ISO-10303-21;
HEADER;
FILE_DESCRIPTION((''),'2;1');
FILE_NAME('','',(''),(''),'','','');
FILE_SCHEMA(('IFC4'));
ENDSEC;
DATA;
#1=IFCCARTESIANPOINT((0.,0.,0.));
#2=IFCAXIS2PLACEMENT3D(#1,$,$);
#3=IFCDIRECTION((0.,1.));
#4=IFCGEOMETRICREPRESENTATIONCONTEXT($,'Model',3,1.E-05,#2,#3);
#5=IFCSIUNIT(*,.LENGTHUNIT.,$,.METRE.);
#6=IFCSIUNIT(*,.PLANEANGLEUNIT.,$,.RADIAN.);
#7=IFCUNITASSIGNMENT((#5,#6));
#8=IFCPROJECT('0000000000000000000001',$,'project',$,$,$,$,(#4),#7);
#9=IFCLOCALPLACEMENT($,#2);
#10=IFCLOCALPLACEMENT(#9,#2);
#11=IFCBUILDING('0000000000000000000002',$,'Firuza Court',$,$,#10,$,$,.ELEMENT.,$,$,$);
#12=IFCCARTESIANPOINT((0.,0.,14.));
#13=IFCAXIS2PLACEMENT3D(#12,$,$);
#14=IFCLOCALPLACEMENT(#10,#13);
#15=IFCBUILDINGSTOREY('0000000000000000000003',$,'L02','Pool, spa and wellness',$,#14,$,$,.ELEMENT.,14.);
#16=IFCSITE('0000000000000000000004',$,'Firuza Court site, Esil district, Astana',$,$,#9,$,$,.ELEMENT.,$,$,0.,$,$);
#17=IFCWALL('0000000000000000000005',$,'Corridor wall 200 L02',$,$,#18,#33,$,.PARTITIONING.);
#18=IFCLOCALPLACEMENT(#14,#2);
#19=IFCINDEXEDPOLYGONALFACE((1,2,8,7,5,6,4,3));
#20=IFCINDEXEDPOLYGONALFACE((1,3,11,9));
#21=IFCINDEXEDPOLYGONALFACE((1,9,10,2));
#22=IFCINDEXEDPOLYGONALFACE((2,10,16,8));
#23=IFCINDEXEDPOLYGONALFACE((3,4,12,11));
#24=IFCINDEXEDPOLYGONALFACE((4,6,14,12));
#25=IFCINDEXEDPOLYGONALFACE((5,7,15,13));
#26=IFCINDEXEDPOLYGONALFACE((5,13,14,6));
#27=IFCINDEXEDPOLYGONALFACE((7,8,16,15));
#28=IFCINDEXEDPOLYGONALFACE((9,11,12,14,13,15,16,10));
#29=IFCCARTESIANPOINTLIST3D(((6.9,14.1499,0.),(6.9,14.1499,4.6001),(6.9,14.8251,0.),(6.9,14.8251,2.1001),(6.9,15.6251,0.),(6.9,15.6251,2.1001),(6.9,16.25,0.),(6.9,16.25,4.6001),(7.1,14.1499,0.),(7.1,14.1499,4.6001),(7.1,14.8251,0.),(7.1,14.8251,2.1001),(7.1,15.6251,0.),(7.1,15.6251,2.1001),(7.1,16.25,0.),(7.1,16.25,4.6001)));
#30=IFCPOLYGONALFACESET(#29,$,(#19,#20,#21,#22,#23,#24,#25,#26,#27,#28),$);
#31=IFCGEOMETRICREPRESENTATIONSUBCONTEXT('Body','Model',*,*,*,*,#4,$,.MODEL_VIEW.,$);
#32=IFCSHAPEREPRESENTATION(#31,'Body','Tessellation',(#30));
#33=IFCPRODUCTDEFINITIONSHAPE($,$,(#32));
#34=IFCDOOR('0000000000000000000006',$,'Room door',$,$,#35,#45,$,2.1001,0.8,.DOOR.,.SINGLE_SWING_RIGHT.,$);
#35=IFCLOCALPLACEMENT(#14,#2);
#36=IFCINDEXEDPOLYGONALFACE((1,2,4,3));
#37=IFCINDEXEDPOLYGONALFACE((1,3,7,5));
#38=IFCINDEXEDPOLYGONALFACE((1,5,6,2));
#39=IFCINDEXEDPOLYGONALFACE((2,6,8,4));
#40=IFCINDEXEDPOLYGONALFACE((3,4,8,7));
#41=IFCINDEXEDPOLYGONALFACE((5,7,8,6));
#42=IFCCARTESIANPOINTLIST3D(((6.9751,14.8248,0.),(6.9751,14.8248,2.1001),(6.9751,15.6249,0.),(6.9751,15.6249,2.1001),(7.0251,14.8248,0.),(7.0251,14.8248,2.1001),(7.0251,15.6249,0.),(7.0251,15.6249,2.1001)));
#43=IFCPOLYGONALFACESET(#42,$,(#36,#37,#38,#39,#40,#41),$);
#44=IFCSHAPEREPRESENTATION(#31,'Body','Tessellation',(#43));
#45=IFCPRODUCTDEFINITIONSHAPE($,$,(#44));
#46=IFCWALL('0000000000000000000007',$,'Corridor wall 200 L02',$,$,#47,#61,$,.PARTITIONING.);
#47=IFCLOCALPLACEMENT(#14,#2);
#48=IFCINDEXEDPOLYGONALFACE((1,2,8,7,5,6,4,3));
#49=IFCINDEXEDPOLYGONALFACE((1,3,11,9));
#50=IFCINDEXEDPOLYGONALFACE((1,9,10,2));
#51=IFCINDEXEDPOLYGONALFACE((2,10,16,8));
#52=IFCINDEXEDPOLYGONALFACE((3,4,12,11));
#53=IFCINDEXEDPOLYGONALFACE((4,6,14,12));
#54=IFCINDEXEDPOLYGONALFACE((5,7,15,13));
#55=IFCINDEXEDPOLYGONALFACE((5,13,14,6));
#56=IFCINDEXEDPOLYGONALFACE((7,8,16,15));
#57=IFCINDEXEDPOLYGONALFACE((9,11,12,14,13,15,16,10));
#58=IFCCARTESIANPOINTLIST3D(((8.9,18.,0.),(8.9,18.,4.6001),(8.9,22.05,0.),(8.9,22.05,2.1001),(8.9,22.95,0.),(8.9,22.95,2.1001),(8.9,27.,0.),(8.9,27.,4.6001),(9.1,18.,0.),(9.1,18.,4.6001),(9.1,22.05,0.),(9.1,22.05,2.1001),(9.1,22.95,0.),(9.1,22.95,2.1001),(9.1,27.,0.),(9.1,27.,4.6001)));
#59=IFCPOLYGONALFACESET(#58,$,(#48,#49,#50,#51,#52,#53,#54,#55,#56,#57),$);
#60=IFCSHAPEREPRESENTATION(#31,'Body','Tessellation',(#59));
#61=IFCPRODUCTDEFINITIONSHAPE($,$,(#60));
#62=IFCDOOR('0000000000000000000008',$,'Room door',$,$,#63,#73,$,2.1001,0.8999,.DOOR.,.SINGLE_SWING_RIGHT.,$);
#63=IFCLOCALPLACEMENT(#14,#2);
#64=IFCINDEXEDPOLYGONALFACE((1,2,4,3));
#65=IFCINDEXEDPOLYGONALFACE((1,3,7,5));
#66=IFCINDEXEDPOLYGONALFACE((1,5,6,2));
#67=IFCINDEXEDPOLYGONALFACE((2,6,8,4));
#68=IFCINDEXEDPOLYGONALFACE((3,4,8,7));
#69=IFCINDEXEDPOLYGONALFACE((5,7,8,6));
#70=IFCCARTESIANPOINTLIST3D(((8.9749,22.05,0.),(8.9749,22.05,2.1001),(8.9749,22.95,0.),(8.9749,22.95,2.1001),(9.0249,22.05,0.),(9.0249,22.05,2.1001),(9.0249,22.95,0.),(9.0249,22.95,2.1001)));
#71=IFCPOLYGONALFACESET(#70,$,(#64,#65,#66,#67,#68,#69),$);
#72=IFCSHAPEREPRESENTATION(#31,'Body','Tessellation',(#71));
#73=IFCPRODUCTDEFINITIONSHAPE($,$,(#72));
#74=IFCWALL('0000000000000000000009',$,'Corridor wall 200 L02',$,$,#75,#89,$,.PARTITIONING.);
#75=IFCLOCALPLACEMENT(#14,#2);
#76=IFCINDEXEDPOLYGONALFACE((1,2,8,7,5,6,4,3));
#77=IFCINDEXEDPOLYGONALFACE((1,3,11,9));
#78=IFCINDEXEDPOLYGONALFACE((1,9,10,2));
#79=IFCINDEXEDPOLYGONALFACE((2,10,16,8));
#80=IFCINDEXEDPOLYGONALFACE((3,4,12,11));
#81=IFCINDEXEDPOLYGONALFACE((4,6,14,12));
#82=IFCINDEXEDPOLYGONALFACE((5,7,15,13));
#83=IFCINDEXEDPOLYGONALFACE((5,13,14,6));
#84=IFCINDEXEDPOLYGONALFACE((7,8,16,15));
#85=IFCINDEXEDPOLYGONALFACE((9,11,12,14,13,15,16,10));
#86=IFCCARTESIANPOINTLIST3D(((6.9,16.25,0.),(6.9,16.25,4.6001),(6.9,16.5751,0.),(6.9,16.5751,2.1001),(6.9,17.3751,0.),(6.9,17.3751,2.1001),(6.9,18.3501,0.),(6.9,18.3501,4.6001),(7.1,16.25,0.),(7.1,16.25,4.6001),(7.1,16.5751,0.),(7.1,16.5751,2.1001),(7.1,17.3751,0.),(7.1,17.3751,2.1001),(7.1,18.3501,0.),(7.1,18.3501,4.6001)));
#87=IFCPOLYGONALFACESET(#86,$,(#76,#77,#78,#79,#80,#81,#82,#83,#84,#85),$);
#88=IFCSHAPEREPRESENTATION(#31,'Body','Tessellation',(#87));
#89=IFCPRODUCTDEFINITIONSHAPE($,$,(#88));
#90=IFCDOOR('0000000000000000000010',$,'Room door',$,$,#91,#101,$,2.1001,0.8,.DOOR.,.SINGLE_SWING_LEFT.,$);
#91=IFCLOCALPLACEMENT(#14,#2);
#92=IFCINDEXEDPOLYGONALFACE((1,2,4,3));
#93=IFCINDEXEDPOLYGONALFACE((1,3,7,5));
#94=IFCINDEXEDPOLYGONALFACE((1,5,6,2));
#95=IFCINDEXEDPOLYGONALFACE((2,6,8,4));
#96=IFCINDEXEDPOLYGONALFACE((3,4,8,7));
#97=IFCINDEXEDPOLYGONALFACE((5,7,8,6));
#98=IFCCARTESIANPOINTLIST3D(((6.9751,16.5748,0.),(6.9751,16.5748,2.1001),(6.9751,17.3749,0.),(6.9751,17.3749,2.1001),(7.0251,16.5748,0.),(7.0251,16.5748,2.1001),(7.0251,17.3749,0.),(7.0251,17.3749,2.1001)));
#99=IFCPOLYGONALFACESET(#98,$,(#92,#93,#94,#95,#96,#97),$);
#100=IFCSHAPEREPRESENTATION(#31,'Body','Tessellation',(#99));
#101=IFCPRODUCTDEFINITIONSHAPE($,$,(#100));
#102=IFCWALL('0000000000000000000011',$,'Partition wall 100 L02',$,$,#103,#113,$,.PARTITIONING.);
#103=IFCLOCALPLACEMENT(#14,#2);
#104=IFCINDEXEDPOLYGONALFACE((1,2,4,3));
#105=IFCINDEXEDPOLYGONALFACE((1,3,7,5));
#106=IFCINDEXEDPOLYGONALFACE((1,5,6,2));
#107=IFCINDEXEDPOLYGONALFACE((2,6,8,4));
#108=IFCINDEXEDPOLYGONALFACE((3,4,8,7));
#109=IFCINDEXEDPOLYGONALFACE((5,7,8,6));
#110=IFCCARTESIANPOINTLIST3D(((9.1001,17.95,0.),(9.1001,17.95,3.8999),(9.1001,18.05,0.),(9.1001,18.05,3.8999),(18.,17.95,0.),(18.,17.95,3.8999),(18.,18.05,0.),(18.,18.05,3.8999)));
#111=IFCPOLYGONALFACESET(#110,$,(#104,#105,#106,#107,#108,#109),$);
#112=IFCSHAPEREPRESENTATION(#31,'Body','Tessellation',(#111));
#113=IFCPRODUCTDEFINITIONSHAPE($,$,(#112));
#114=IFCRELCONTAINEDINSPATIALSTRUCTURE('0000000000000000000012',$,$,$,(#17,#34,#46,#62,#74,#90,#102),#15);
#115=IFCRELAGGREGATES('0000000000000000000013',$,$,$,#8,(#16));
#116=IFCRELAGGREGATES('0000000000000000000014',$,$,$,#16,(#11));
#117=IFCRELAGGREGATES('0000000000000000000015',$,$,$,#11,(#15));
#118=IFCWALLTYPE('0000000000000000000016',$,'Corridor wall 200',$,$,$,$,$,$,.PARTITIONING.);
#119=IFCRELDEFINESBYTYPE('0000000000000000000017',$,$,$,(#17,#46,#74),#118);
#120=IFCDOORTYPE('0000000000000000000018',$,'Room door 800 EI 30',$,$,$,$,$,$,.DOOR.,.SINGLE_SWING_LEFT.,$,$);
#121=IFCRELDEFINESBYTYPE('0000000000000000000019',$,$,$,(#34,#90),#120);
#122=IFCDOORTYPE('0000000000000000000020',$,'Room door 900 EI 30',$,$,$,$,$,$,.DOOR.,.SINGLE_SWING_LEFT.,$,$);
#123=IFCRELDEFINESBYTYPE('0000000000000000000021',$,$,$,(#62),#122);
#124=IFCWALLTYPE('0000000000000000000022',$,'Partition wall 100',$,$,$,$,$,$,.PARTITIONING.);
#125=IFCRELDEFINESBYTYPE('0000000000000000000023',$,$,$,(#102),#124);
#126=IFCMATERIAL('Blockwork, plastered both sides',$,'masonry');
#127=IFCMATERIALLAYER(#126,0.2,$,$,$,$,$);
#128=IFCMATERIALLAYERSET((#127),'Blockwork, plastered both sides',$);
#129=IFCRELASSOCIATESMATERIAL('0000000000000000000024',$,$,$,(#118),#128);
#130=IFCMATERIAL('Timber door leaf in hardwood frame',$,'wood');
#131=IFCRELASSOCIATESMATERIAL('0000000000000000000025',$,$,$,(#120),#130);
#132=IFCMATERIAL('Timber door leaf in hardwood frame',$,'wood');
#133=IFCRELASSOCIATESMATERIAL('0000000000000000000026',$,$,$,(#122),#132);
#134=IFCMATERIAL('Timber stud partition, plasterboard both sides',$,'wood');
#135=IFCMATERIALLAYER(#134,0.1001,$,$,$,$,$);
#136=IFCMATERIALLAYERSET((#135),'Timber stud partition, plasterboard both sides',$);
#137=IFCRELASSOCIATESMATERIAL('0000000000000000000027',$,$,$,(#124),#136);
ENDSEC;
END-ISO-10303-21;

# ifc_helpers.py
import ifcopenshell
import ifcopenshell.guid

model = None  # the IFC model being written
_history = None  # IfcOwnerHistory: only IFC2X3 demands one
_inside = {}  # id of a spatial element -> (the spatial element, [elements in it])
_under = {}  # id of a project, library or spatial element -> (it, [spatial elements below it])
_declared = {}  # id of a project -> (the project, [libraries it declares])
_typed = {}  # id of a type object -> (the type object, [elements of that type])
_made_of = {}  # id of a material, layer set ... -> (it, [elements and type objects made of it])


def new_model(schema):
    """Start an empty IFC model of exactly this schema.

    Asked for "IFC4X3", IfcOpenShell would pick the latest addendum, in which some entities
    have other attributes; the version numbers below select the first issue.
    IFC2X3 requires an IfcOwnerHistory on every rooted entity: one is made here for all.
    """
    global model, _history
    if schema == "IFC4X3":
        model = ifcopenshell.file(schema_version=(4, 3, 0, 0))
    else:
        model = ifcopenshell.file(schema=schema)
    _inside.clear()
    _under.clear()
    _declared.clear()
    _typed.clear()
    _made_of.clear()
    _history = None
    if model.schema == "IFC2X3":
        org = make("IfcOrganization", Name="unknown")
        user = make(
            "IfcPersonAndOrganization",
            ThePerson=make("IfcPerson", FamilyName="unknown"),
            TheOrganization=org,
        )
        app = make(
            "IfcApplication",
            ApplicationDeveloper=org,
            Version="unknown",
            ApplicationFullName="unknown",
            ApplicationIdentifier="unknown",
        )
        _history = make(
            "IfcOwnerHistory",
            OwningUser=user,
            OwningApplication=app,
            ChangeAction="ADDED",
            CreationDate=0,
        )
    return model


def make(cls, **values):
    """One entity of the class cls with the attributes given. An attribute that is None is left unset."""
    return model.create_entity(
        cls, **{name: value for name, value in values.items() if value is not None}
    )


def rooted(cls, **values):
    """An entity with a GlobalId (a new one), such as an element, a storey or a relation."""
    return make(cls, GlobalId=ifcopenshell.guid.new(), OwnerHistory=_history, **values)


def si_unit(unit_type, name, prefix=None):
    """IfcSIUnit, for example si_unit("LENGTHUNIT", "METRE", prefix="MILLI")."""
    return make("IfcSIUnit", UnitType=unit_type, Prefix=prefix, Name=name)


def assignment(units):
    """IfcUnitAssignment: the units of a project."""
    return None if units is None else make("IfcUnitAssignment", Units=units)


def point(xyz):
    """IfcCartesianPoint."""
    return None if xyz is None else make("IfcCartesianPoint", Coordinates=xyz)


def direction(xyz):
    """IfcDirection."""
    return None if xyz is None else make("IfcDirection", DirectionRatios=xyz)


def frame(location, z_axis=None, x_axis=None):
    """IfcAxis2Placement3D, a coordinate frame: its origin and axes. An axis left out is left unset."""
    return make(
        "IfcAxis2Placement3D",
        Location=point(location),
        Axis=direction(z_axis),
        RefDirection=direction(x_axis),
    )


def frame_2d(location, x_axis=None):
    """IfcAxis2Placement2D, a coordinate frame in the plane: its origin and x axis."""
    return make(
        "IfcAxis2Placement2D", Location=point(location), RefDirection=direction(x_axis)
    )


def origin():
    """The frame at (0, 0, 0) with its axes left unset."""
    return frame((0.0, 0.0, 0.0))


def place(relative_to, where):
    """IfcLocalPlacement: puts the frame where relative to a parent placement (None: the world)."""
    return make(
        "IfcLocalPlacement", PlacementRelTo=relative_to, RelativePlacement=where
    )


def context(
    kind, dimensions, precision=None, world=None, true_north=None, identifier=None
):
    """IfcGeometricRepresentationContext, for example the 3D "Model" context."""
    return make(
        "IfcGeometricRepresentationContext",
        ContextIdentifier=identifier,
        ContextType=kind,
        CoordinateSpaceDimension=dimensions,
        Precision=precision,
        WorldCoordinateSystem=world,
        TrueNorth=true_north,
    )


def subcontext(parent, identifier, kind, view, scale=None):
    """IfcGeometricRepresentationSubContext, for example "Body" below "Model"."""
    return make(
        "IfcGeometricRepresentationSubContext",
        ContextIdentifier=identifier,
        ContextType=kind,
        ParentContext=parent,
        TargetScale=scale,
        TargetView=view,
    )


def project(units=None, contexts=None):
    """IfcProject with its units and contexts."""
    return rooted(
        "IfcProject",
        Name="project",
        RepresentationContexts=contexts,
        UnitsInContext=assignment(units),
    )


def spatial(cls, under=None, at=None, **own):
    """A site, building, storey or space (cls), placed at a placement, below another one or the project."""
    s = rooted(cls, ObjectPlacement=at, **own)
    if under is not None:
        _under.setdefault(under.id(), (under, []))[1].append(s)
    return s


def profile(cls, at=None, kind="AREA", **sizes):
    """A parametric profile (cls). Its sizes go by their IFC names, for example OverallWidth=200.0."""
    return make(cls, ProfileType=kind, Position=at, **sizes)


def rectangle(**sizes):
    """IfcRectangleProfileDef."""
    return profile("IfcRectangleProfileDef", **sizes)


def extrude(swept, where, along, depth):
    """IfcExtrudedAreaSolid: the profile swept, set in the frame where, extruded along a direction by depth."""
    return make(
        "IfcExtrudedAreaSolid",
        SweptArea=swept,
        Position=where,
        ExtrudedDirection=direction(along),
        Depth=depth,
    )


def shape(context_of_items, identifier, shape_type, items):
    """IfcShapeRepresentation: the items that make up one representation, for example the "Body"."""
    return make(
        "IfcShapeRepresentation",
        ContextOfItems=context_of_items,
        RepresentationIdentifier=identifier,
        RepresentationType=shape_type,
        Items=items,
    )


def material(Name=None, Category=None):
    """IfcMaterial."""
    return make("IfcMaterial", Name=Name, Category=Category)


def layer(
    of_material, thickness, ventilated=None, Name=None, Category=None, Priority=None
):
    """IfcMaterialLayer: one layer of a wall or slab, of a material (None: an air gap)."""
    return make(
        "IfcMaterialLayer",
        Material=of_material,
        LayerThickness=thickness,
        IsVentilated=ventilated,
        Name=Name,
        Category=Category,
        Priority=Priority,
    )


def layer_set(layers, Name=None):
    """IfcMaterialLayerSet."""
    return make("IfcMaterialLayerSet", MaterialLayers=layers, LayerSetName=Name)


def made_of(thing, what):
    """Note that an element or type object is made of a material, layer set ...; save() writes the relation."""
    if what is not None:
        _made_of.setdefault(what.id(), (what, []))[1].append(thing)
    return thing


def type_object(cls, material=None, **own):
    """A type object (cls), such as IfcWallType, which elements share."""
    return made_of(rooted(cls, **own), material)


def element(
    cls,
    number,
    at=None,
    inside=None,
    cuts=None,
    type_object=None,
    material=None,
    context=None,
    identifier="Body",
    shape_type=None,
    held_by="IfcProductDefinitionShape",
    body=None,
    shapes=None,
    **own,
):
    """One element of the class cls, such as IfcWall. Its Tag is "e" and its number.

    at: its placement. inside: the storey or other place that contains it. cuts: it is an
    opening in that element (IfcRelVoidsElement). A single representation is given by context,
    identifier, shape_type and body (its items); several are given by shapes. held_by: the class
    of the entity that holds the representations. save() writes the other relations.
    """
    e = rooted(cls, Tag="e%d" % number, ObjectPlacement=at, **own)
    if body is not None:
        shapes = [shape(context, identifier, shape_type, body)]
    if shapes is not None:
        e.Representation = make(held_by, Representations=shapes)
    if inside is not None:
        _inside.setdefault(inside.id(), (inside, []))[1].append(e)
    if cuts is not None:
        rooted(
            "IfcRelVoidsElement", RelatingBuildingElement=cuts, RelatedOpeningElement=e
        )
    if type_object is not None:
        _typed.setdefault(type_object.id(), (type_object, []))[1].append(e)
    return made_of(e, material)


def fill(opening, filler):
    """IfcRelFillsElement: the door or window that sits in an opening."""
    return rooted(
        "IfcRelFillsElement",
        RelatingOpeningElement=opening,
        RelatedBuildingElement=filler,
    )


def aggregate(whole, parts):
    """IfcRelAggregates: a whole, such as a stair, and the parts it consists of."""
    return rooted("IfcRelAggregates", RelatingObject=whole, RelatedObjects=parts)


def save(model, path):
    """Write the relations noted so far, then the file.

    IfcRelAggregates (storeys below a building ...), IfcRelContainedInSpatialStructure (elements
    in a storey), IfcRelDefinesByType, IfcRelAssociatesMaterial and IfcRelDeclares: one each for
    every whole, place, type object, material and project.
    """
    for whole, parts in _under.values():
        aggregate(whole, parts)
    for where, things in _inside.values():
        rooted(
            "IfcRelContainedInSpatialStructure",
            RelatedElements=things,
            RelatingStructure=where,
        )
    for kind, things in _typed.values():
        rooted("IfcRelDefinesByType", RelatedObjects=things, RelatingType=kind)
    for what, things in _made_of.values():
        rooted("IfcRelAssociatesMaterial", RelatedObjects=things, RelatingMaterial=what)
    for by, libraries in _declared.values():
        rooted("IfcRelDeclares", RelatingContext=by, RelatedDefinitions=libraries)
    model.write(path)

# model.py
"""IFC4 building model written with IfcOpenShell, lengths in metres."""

from ifc_helpers import new_model, si_unit, direction, frame, frame_2d, origin, place, context, subcontext, project, spatial, rectangle, extrude, material, layer, layer_set, type_object, element, fill, save


model = new_model("IFC4")

# Units and contexts
model_context = context("Model", 3, precision=1e-05, world=origin(), true_north=direction((0.0, 1.0)))
body_context = subcontext(model_context, "Body", "Model", "MODEL_VIEW")
ifc_project = project(units=[si_unit("LENGTHUNIT", "METRE"), si_unit("PLANEANGLEUNIT", "RADIAN")], contexts=[model_context])

# Site, building, storey
site_placement = place(None, origin())
site = spatial("IfcSite", under=ifc_project, at=site_placement, Name="Firuza Court site, Esil district, Astana", CompositionType="ELEMENT", RefElevation=0.0)
building_placement = place(site_placement, origin())
building = spatial("IfcBuilding", under=site, at=building_placement, Name="Firuza Court", CompositionType="ELEMENT")
storey_placement = place(building_placement, frame((0.0, 0.0, 14.0)))
storey = spatial("IfcBuildingStorey", under=building, at=storey_placement, Name="L02", Description="Pool, spa and wellness", CompositionType="ELEMENT", Elevation=14.0)

# Walls, openings, doors
ifc_material_1 = material(Name="Blockwork, plastered both sides", Category="masonry")
ifc_layer_1 = layer(ifc_material_1, 0.2)
ifc_layer_set_1 = layer_set([ifc_layer_1], Name="Blockwork, plastered both sides")
wall_type_1 = type_object("IfcWallType", Name="Corridor wall 200", PredefinedType="PARTITIONING", material=ifc_layer_set_1)
wall_1_placement = place(storey_placement, frame((7.0, 16.25, 0.0), z_axis=(0.0, 0.0, 1.0), x_axis=(0.0, -1.0, 0.0)))
wall_1 = element("IfcWall", 1, at=wall_1_placement, inside=storey, type_object=wall_type_1, Name="Corridor wall 200 L02", PredefinedType="PARTITIONING", context=body_context, shape_type="SweptSolid", body=[
    extrude(rectangle(XDim=2.1001, YDim=0.2, at=frame_2d((1.05, 0.0))), origin(), (0.0, 0.0, 1.0), 4.6001),
])
opening_1_placement = place(wall_1_placement, frame((0.625, 0.0, 0.0)))
opening_1 = element("IfcOpeningElement", 2, at=opening_1_placement, cuts=wall_1, PredefinedType="OPENING", context=body_context, shape_type="SweptSolid", body=[
    extrude(rectangle(XDim=0.8, YDim=2.1001, at=frame_2d((0.3999, 1.05))), frame((0.0, 0.1118, 0.0), z_axis=(0.0, -1.0, 0.0), x_axis=(1.0, 0.0, 0.0)), (0.0, 0.0, 1.0), 0.2239),
])
ifc_material_2 = material(Name="Timber door leaf in hardwood frame", Category="wood")
door_type_1 = type_object("IfcDoorType", Name="Room door 800 EI 30", OperationType="SINGLE_SWING_LEFT", PredefinedType="DOOR", material=ifc_material_2)
door_1_placement = place(opening_1_placement, frame((0.8, 0.0, 0.0), z_axis=(0.0, 0.0, 1.0), x_axis=(-1.0, 0.0, 0.0)))
door_1 = element("IfcDoor", 3, at=door_1_placement, inside=storey, type_object=door_type_1, Name="Room door", OperationType="SINGLE_SWING_RIGHT", OverallHeight=2.1001, OverallWidth=0.8, PredefinedType="DOOR", context=body_context, shape_type="SweptSolid", body=[
    extrude(rectangle(XDim=0.8, YDim=2.1001, at=frame_2d((0.3999, 1.05))), frame((0.0, 0.0249, 0.0), z_axis=(0.0, -1.0, 0.0), x_axis=(1.0, 0.0, 0.0)), (0.0, 0.0, 1.0), 0.05),
])
fill(opening_1, door_1)
wall_2_placement = place(storey_placement, frame((9.0, 18.0, 0.0), z_axis=(0.0, 0.0, 1.0), x_axis=(0.0, 1.0, 0.0)))
wall_2 = element("IfcWall", 4, at=wall_2_placement, inside=storey, type_object=wall_type_1, Name="Corridor wall 200 L02", PredefinedType="PARTITIONING", context=body_context, shape_type="SweptSolid", body=[
    extrude(rectangle(XDim=9.0, YDim=0.2, at=frame_2d((4.5, 0.0))), origin(), (0.0, 0.0, 1.0), 4.6001),
])
opening_2_placement = place(wall_2_placement, frame((4.05, 0.0, 0.0)))
opening_2 = element("IfcOpeningElement", 5, at=opening_2_placement, cuts=wall_2, PredefinedType="OPENING", context=body_context, shape_type="SweptSolid", body=[
    extrude(rectangle(XDim=0.8999, YDim=2.1001, at=frame_2d((0.45, 1.05))), frame((0.0, 0.1118, 0.0), z_axis=(0.0, -1.0, 0.0), x_axis=(1.0, 0.0, 0.0)), (0.0, 0.0, 1.0), 0.2239),
])
ifc_material_3 = material(Name="Timber door leaf in hardwood frame", Category="wood")
door_type_2 = type_object("IfcDoorType", Name="Room door 900 EI 30", OperationType="SINGLE_SWING_LEFT", PredefinedType="DOOR", material=ifc_material_3)
door_2_placement = place(opening_2_placement, frame((0.8999, 0.0, 0.0), z_axis=(0.0, 0.0, 1.0), x_axis=(-1.0, 0.0, 0.0)))
door_2 = element("IfcDoor", 6, at=door_2_placement, inside=storey, type_object=door_type_2, Name="Room door", OperationType="SINGLE_SWING_RIGHT", OverallHeight=2.1001, OverallWidth=0.8999, PredefinedType="DOOR", context=body_context, shape_type="SweptSolid", body=[
    extrude(rectangle(XDim=0.8999, YDim=2.1001, at=frame_2d((0.45, 1.05))), frame((0.0, 0.0249, 0.0), z_axis=(0.0, -1.0, 0.0), x_axis=(1.0, 0.0, 0.0)), (0.0, 0.0, 1.0), 0.05),
])
fill(opening_2, door_2)
wall_3_placement = place(storey_placement, frame((7.0, 18.3501, 0.0), z_axis=(0.0, 0.0, 1.0), x_axis=(0.0, -1.0, 0.0)))
wall_3 = element("IfcWall", 7, at=wall_3_placement, inside=storey, type_object=wall_type_1, Name="Corridor wall 200 L02", PredefinedType="PARTITIONING", context=body_context, shape_type="SweptSolid", body=[
    extrude(rectangle(XDim=2.1001, YDim=0.2, at=frame_2d((1.05, 0.0))), origin(), (0.0, 0.0, 1.0), 4.6001),
])
opening_3_placement = place(wall_3_placement, frame((0.9751, 0.0, 0.0)))
opening_3 = element("IfcOpeningElement", 8, at=opening_3_placement, cuts=wall_3, PredefinedType="OPENING", context=body_context, shape_type="SweptSolid", body=[
    extrude(rectangle(XDim=0.8, YDim=2.1001, at=frame_2d((0.3999, 1.05))), frame((0.0, 0.1118, 0.0), z_axis=(0.0, -1.0, 0.0), x_axis=(1.0, 0.0, 0.0)), (0.0, 0.0, 1.0), 0.2239),
])
door_3_placement = place(opening_3_placement, frame((0.8, 0.0, 0.0), z_axis=(0.0, 0.0, 1.0), x_axis=(-1.0, 0.0, 0.0)))
door_3 = element("IfcDoor", 9, at=door_3_placement, inside=storey, type_object=door_type_1, Name="Room door", OperationType="SINGLE_SWING_LEFT", OverallHeight=2.1001, OverallWidth=0.8, PredefinedType="DOOR", context=body_context, shape_type="SweptSolid", body=[
    extrude(rectangle(XDim=0.8, YDim=2.1001, at=frame_2d((0.3999, 1.05))), frame((0.0, 0.0249, 0.0), z_axis=(0.0, -1.0, 0.0), x_axis=(1.0, 0.0, 0.0)), (0.0, 0.0, 1.0), 0.05),
])
fill(opening_3, door_3)

# Wall
ifc_material_4 = material(Name="Timber stud partition, plasterboard both sides", Category="wood")
ifc_layer_2 = layer(ifc_material_4, 0.1001)
ifc_layer_set_2 = layer_set([ifc_layer_2], Name="Timber stud partition, plasterboard both sides")
wall_type_2 = type_object("IfcWallType", Name="Partition wall 100", PredefinedType="PARTITIONING", material=ifc_layer_set_2)
wall_4_placement = place(storey_placement, frame((18.0, 18.0, 0.0), z_axis=(0.0, 0.0, 1.0), x_axis=(-1.0, 0.0, 0.0)))
element("IfcWall", 10, at=wall_4_placement, inside=storey, type_object=wall_type_2, Name="Partition wall 100 L02", PredefinedType="PARTITIONING", context=body_context, shape_type="SweptSolid", body=[
    extrude(rectangle(XDim=8.8999, YDim=0.1001, at=frame_2d((4.45, 0.0))), origin(), (0.0, 0.0, 1.0), 3.8999),
])

save(model, "model.ifc")
